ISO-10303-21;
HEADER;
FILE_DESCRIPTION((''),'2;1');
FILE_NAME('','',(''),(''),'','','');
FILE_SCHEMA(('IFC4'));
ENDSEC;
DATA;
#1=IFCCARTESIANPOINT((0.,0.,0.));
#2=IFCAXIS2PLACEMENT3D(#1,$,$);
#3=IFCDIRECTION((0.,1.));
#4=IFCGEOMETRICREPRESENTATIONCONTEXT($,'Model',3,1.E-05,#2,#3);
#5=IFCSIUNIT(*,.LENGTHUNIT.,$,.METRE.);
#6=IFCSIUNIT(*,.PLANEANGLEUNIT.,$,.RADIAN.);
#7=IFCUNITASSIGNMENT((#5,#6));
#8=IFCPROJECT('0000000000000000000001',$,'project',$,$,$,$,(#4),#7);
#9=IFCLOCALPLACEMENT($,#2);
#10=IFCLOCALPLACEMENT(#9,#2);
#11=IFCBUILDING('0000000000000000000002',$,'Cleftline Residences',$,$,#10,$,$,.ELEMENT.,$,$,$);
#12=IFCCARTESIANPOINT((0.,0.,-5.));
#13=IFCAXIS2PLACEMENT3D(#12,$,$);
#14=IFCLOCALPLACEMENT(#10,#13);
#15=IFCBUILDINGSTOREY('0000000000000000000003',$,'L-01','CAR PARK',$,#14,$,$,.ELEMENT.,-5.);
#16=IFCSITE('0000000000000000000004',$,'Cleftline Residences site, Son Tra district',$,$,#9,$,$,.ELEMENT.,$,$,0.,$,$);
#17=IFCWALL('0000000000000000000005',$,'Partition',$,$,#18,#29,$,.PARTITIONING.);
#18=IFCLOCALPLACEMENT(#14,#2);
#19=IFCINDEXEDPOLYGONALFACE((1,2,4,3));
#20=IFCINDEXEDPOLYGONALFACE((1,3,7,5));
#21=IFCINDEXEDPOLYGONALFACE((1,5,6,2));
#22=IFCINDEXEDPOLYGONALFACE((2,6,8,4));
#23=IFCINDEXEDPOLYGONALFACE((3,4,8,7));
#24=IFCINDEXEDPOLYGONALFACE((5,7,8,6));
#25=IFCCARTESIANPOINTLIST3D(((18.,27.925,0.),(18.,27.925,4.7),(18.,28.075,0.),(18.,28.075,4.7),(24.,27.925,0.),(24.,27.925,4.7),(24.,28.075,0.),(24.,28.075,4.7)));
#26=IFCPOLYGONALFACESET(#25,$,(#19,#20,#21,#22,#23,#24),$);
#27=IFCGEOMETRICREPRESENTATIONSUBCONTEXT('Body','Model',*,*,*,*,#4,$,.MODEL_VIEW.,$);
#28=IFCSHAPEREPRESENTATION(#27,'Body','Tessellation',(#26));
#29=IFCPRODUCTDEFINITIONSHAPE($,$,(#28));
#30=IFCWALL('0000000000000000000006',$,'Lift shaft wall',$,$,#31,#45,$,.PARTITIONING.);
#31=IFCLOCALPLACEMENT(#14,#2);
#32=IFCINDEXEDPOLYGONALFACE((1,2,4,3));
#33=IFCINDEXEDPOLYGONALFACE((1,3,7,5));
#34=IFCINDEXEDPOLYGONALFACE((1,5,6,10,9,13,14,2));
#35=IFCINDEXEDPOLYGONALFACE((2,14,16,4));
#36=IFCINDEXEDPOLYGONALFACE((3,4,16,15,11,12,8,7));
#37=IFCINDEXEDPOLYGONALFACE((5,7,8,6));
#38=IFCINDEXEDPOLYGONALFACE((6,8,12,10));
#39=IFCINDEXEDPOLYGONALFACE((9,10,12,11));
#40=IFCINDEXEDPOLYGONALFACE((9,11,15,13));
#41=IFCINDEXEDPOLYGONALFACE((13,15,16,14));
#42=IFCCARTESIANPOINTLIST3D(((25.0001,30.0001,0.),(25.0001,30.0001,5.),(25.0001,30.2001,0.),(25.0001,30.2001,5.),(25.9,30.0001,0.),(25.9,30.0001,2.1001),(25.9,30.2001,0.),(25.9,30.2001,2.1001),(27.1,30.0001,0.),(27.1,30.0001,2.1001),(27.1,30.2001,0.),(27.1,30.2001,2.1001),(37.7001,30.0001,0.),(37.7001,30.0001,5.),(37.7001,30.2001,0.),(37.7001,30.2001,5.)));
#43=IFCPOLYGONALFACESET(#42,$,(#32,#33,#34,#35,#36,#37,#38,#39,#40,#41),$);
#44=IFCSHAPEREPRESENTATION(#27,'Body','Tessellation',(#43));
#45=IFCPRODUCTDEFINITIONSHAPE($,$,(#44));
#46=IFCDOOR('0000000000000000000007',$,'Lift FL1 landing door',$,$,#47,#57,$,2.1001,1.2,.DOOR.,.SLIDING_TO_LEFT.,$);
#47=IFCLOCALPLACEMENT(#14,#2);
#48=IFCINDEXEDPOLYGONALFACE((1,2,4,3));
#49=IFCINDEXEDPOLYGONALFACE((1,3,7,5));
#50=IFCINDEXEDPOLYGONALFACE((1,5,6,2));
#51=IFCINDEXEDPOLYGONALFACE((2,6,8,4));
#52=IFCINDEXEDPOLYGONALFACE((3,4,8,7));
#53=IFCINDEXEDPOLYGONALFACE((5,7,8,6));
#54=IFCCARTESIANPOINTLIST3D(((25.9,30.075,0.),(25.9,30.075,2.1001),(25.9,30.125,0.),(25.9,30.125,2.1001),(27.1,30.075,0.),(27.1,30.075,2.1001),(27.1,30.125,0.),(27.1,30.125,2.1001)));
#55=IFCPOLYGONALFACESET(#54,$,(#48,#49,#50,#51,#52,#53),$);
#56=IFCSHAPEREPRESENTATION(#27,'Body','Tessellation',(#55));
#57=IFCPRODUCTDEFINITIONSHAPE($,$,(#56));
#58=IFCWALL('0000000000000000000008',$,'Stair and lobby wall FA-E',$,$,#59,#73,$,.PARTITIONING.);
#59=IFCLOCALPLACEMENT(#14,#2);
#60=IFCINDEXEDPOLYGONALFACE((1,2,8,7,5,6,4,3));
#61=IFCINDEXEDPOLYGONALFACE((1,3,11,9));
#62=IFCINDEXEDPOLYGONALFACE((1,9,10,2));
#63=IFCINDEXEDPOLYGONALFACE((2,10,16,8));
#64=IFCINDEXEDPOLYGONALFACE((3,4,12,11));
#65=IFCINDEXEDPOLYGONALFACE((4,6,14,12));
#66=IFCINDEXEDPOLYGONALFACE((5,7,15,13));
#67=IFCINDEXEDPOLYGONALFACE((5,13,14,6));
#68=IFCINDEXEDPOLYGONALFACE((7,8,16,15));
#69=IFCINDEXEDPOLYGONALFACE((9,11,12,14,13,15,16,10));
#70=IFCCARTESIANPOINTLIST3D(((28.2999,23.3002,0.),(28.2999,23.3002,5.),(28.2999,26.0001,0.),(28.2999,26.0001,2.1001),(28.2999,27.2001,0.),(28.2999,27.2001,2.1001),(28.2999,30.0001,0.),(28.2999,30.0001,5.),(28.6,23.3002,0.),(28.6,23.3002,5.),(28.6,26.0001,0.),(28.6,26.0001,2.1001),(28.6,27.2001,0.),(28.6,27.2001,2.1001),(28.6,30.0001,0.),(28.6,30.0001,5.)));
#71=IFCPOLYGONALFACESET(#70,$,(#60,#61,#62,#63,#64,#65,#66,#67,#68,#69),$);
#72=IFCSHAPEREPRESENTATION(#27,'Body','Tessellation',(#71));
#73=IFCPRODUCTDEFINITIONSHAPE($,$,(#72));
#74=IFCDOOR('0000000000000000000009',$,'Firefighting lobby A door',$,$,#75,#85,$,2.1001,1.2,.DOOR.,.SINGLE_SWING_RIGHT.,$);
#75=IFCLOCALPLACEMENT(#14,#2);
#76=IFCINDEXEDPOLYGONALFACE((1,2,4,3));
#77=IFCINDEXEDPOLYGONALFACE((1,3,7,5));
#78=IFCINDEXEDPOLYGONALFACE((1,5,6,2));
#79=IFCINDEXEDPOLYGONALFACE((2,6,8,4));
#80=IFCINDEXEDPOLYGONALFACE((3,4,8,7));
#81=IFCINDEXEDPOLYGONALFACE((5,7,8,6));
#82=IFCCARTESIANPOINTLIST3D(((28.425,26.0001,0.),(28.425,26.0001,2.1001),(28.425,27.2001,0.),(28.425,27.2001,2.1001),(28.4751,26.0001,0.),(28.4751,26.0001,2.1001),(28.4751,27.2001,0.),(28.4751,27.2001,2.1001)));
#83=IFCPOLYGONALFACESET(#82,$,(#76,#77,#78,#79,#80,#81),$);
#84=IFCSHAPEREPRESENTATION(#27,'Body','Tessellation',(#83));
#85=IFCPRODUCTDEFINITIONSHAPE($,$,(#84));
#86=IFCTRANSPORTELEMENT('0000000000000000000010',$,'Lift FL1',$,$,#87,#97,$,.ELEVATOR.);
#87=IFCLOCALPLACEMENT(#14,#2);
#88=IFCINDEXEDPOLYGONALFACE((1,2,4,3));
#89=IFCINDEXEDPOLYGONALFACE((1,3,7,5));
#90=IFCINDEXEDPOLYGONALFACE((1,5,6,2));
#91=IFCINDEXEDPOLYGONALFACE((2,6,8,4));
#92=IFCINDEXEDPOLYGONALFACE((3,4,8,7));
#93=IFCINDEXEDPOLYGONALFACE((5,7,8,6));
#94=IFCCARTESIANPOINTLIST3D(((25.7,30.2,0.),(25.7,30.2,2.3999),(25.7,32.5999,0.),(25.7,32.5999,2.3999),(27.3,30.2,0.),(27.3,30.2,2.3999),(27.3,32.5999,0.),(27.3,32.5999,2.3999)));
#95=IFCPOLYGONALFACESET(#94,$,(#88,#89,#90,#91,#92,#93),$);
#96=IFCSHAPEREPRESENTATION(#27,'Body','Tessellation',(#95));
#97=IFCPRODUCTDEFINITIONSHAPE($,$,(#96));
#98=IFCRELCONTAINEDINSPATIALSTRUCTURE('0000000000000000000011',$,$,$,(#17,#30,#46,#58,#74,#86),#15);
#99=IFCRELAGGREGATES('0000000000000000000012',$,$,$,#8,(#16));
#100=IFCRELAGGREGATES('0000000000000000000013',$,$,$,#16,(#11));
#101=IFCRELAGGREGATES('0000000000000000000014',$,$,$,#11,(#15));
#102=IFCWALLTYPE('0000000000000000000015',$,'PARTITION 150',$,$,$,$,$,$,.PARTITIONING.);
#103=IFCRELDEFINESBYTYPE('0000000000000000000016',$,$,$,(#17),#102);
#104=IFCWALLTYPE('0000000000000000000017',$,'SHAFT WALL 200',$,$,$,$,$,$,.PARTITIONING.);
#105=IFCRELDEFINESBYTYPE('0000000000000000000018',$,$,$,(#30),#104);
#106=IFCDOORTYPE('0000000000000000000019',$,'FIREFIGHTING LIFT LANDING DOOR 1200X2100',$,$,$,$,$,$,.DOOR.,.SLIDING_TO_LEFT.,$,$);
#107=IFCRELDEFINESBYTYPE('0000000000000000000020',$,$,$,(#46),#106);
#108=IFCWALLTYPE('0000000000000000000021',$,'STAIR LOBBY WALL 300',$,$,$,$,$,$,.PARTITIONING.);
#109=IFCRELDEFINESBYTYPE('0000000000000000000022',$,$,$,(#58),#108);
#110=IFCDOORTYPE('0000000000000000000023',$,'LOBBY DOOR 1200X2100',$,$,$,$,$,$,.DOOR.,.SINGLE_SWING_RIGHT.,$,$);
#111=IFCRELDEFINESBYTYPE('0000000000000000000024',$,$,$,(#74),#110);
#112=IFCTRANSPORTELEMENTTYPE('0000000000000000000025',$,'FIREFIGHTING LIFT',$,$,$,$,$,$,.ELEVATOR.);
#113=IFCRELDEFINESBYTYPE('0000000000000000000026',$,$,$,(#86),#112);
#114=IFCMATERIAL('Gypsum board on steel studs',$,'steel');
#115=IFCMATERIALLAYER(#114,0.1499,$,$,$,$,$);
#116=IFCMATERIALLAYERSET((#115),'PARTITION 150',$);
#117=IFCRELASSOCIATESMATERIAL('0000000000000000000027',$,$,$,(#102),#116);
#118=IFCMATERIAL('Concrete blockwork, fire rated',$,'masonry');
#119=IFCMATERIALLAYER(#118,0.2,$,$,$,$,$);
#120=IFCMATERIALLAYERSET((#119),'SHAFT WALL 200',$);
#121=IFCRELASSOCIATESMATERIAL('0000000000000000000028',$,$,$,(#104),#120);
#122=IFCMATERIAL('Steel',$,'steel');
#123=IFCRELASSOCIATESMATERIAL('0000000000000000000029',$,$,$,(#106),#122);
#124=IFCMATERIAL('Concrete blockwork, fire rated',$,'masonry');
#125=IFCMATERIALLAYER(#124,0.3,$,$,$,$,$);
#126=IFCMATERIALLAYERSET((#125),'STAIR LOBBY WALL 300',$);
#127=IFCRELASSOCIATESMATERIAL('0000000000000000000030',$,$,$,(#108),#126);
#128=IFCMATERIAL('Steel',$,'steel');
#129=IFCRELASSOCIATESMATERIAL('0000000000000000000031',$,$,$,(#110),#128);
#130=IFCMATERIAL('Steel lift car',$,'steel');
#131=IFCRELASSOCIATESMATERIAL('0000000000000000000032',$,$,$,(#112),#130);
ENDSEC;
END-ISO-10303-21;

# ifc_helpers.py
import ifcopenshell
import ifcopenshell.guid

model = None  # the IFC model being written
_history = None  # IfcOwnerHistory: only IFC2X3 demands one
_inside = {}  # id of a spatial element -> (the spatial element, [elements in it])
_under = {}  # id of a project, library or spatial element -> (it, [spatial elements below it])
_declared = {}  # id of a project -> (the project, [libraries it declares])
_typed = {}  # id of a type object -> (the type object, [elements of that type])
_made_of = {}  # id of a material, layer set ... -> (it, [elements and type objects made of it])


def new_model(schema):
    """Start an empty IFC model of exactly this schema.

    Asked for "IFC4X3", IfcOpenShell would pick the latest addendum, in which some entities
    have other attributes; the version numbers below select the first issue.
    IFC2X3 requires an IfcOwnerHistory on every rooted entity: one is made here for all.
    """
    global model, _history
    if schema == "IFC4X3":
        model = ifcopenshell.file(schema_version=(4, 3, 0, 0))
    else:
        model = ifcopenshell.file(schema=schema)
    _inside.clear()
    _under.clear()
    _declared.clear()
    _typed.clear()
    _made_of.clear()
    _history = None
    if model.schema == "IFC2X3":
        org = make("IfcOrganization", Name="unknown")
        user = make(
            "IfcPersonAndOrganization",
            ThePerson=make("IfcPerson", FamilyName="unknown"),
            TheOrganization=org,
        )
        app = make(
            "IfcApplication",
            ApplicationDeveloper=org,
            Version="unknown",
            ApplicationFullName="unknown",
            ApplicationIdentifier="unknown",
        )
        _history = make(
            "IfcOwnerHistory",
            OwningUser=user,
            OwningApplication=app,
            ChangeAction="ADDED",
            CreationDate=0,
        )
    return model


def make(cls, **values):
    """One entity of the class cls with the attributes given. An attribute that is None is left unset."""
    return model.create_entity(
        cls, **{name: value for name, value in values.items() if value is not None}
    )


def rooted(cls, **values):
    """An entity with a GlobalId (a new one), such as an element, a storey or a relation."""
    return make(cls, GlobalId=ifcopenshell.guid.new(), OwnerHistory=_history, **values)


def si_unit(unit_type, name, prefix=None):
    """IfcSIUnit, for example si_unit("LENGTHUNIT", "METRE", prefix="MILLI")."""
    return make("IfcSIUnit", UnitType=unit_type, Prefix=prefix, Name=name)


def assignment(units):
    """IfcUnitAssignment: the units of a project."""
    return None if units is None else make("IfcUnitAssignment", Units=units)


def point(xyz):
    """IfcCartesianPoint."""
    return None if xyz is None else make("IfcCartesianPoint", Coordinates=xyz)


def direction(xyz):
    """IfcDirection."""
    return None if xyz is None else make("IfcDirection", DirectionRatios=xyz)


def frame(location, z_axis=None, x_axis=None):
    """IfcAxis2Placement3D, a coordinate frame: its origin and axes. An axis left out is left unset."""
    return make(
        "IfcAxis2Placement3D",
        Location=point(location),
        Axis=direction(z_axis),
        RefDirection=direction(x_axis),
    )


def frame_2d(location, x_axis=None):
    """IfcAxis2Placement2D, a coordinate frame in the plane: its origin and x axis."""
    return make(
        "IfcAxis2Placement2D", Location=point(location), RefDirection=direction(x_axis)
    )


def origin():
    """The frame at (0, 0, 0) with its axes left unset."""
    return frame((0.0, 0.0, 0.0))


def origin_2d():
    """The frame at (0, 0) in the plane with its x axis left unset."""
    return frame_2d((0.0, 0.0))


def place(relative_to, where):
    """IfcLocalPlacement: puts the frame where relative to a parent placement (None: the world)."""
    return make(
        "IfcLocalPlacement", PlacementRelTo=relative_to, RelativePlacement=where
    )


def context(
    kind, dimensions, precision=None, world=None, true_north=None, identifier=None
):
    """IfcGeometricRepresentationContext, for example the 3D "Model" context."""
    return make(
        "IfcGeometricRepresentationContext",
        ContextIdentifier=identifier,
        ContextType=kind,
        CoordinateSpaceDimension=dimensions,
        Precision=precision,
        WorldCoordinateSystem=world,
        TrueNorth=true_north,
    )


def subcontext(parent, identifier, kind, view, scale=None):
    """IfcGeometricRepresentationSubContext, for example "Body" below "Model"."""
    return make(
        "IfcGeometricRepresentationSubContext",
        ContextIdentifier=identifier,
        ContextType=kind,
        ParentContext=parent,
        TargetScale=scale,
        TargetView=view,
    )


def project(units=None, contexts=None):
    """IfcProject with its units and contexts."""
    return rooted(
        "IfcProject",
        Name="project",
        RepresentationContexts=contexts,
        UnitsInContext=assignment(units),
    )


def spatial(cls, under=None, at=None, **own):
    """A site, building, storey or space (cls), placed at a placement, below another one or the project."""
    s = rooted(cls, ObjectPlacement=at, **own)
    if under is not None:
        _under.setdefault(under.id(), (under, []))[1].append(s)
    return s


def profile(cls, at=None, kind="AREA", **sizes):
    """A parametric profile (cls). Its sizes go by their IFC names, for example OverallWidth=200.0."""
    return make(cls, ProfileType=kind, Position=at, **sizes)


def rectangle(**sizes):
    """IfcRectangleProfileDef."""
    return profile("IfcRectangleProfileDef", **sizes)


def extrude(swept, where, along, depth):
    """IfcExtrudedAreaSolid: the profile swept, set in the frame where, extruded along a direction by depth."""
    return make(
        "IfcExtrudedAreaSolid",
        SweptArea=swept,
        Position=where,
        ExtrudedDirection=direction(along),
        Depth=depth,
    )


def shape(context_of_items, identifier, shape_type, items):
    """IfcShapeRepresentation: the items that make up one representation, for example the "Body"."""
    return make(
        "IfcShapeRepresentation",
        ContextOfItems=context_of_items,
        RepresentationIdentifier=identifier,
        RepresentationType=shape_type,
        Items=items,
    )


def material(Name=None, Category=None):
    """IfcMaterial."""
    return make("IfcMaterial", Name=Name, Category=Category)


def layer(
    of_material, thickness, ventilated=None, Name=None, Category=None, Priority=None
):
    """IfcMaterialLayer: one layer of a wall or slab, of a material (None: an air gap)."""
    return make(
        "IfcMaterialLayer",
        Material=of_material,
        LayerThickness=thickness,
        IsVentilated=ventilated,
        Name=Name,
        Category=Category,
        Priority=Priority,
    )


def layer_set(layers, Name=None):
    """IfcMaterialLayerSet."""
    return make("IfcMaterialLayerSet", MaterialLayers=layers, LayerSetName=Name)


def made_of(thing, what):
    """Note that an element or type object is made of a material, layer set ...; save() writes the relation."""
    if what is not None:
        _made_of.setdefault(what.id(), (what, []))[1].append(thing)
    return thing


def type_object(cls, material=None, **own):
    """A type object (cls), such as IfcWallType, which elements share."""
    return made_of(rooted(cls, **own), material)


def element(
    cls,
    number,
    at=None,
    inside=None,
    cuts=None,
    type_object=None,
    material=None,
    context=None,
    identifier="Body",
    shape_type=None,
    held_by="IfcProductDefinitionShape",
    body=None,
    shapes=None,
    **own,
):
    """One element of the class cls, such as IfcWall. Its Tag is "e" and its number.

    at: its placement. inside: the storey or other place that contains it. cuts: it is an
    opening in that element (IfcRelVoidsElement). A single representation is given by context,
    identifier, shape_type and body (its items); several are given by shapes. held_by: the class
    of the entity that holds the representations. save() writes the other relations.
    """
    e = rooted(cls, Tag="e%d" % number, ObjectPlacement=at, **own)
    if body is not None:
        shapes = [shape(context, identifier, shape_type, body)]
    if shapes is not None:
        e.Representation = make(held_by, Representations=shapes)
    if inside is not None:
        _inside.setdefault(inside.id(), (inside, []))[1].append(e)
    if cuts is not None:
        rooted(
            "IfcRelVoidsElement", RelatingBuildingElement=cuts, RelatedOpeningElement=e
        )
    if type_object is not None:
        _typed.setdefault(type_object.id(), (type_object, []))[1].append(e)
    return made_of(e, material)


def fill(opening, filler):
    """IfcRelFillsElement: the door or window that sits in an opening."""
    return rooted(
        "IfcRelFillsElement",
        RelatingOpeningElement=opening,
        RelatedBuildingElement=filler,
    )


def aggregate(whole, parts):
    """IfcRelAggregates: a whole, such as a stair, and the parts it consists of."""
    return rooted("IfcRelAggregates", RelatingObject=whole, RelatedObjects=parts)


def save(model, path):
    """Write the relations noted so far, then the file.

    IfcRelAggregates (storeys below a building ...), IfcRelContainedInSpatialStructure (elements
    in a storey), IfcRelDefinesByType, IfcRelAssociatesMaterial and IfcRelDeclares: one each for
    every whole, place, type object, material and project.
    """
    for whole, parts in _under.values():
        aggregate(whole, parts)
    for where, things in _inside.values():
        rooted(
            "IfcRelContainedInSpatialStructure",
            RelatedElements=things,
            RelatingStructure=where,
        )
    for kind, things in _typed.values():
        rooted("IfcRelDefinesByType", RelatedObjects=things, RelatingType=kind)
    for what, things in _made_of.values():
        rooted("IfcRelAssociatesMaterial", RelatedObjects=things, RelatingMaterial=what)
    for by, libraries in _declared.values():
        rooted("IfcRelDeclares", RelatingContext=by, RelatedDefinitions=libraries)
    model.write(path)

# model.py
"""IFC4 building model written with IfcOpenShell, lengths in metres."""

from ifc_helpers import new_model, si_unit, direction, frame, frame_2d, origin, origin_2d, place, context, subcontext, project, spatial, rectangle, extrude, material, layer, layer_set, type_object, element, fill, save


model = new_model("IFC4")

# Units and contexts
model_context = context("Model", 3, precision=1e-05, world=origin(), true_north=direction((0.0, 1.0)))
body_context = subcontext(model_context, "Body", "Model", "MODEL_VIEW")
ifc_project = project(units=[si_unit("LENGTHUNIT", "METRE"), si_unit("PLANEANGLEUNIT", "RADIAN")], contexts=[model_context])

# Site, building, storey
site_placement = place(None, origin())
site = spatial("IfcSite", under=ifc_project, at=site_placement, Name="Cleftline Residences site, Son Tra district", CompositionType="ELEMENT", RefElevation=0.0)
building_placement = place(site_placement, origin())
building = spatial("IfcBuilding", under=site, at=building_placement, Name="Cleftline Residences", CompositionType="ELEMENT")
storey_placement = place(building_placement, frame((0.0, 0.0, -5.0)))
storey = spatial("IfcBuildingStorey", under=building, at=storey_placement, Name="L-01", Description="CAR PARK", CompositionType="ELEMENT", Elevation=-5.0)

# Wall
ifc_material_1 = material(Name="Gypsum board on steel studs", Category="steel")
ifc_layer_1 = layer(ifc_material_1, 0.1499)
ifc_layer_set_1 = layer_set([ifc_layer_1], Name="PARTITION 150")
wall_type_1 = type_object("IfcWallType", Name="PARTITION 150", PredefinedType="PARTITIONING", material=ifc_layer_set_1)
wall_1_placement = place(storey_placement, frame((18.0, 28.0, 0.0), z_axis=(0.0, 0.0, 1.0), x_axis=(1.0, 0.0, 0.0)))
element("IfcWall", 1, at=wall_1_placement, inside=storey, type_object=wall_type_1, Name="Partition", PredefinedType="PARTITIONING", context=body_context, shape_type="SweptSolid", body=[
    extrude(rectangle(XDim=6.0, YDim=0.1499, at=frame_2d((3.0, 0.0))), origin(), (0.0, 0.0, 1.0), 4.7),
])

# Walls, openings, doors
ifc_material_2 = material(Name="Concrete blockwork, fire rated", Category="masonry")
ifc_layer_2 = layer(ifc_material_2, 0.2)
ifc_layer_set_2 = layer_set([ifc_layer_2], Name="SHAFT WALL 200")
wall_type_2 = type_object("IfcWallType", Name="SHAFT WALL 200", PredefinedType="PARTITIONING", material=ifc_layer_set_2)
wall_2_placement = place(storey_placement, frame((25.0, 30.1001, 0.0), z_axis=(0.0, 0.0, 1.0), x_axis=(1.0, 0.0, 0.0)))
wall_2 = element("IfcWall", 2, at=wall_2_placement, inside=storey, type_object=wall_type_2, Name="Lift shaft wall", PredefinedType="PARTITIONING", context=body_context, shape_type="SweptSolid", body=[
    extrude(rectangle(XDim=12.7, YDim=0.2, at=frame_2d((6.3501, 0.0))), origin(), (0.0, 0.0, 1.0), 5.0),
])
opening_1_placement = place(wall_2_placement, frame((0.8999, 0.0, 0.0)))
opening_1 = element("IfcOpeningElement", 3, at=opening_1_placement, cuts=wall_2, PredefinedType="OPENING", context=body_context, shape_type="SweptSolid", body=[
    extrude(rectangle(XDim=1.2, YDim=2.1001, at=frame_2d((0.6001, 1.05))), frame((0.0, 0.1099, 0.0), z_axis=(0.0, -1.0, 0.0), x_axis=(1.0, 0.0, 0.0)), (0.0, 0.0, 1.0), 0.22),
])
ifc_material_3 = material(Name="Steel", Category="steel")
door_type_1 = type_object("IfcDoorType", Name="FIREFIGHTING LIFT LANDING DOOR 1200X2100", OperationType="SLIDING_TO_LEFT", PredefinedType="DOOR", material=ifc_material_3)
door_1_placement = place(opening_1_placement, origin())
door_1 = element("IfcDoor", 4, at=door_1_placement, inside=storey, type_object=door_type_1, Name="Lift FL1 landing door", OperationType="SLIDING_TO_LEFT", OverallHeight=2.1001, OverallWidth=1.2, PredefinedType="DOOR", context=body_context, shape_type="SweptSolid", body=[
    extrude(rectangle(XDim=1.2, YDim=2.1001, at=frame_2d((0.6001, 1.05))), frame((0.0, 0.0249, 0.0), z_axis=(0.0, -1.0, 0.0), x_axis=(1.0, 0.0, 0.0)), (0.0, 0.0, 1.0), 0.05),
])
fill(opening_1, door_1)
ifc_material_4 = material(Name="Concrete blockwork, fire rated", Category="masonry")
ifc_layer_3 = layer(ifc_material_4, 0.3)
ifc_layer_set_3 = layer_set([ifc_layer_3], Name="STAIR LOBBY WALL 300")
wall_type_3 = type_object("IfcWallType", Name="STAIR LOBBY WALL 300", PredefinedType="PARTITIONING", material=ifc_layer_set_3)
wall_3_placement = place(storey_placement, frame((28.45, 23.3, 0.0), z_axis=(0.0, 0.0, 1.0), x_axis=(0.0, 1.0, 0.0)))
wall_3 = element("IfcWall", 5, at=wall_3_placement, inside=storey, type_object=wall_type_3, Name="Stair and lobby wall FA-E", PredefinedType="PARTITIONING", context=body_context, shape_type="SweptSolid", body=[
    extrude(rectangle(XDim=6.7, YDim=0.3, at=frame_2d((3.3501, 0.0))), origin(), (0.0, 0.0, 1.0), 5.0),
])
opening_2_placement = place(wall_3_placement, frame((2.7, 0.0, 0.0)))
opening_2 = element("IfcOpeningElement", 6, at=opening_2_placement, cuts=wall_3, PredefinedType="OPENING", context=body_context, shape_type="SweptSolid", body=[
    extrude(rectangle(XDim=1.2, YDim=2.1001, at=frame_2d((0.6001, 1.05))), frame((0.0, 0.1599, 0.0), z_axis=(0.0, -1.0, 0.0), x_axis=(1.0, 0.0, 0.0)), (0.0, 0.0, 1.0), 0.3201),
])
ifc_material_5 = material(Name="Steel", Category="steel")
door_type_2 = type_object("IfcDoorType", Name="LOBBY DOOR 1200X2100", OperationType="SINGLE_SWING_RIGHT", PredefinedType="DOOR", material=ifc_material_5)
door_2_placement = place(opening_2_placement, origin())
door_2 = element("IfcDoor", 7, at=door_2_placement, inside=storey, type_object=door_type_2, Name="Firefighting lobby A door", OperationType="SINGLE_SWING_RIGHT", OverallHeight=2.1001, OverallWidth=1.2, PredefinedType="DOOR", context=body_context, shape_type="SweptSolid", body=[
    extrude(rectangle(XDim=1.2, YDim=2.1001, at=frame_2d((0.6001, 1.05))), frame((0.0, 0.0249, 0.0), z_axis=(0.0, -1.0, 0.0), x_axis=(1.0, 0.0, 0.0)), (0.0, 0.0, 1.0), 0.05),
])
fill(opening_2, door_2)

# Transport element
ifc_material_6 = material(Name="Steel lift car", Category="steel")
transport_element_type = type_object("IfcTransportElementType", Name="FIREFIGHTING LIFT", PredefinedType="ELEVATOR", material=ifc_material_6)
transport_element_placement = place(storey_placement, frame((26.5, 31.3999, 0.0), z_axis=(0.0, 0.0, 1.0), x_axis=(1.0, 0.0, 0.0)))
element("IfcTransportElement", 8, at=transport_element_placement, inside=storey, type_object=transport_element_type, Name="Lift FL1", PredefinedType="ELEVATOR", context=body_context, shape_type="SweptSolid", body=[
    extrude(rectangle(XDim=1.6001, YDim=2.3999, at=origin_2d()), origin(), (0.0, 0.0, 1.0), 2.3999),
])

save(model, "model.ifc")
